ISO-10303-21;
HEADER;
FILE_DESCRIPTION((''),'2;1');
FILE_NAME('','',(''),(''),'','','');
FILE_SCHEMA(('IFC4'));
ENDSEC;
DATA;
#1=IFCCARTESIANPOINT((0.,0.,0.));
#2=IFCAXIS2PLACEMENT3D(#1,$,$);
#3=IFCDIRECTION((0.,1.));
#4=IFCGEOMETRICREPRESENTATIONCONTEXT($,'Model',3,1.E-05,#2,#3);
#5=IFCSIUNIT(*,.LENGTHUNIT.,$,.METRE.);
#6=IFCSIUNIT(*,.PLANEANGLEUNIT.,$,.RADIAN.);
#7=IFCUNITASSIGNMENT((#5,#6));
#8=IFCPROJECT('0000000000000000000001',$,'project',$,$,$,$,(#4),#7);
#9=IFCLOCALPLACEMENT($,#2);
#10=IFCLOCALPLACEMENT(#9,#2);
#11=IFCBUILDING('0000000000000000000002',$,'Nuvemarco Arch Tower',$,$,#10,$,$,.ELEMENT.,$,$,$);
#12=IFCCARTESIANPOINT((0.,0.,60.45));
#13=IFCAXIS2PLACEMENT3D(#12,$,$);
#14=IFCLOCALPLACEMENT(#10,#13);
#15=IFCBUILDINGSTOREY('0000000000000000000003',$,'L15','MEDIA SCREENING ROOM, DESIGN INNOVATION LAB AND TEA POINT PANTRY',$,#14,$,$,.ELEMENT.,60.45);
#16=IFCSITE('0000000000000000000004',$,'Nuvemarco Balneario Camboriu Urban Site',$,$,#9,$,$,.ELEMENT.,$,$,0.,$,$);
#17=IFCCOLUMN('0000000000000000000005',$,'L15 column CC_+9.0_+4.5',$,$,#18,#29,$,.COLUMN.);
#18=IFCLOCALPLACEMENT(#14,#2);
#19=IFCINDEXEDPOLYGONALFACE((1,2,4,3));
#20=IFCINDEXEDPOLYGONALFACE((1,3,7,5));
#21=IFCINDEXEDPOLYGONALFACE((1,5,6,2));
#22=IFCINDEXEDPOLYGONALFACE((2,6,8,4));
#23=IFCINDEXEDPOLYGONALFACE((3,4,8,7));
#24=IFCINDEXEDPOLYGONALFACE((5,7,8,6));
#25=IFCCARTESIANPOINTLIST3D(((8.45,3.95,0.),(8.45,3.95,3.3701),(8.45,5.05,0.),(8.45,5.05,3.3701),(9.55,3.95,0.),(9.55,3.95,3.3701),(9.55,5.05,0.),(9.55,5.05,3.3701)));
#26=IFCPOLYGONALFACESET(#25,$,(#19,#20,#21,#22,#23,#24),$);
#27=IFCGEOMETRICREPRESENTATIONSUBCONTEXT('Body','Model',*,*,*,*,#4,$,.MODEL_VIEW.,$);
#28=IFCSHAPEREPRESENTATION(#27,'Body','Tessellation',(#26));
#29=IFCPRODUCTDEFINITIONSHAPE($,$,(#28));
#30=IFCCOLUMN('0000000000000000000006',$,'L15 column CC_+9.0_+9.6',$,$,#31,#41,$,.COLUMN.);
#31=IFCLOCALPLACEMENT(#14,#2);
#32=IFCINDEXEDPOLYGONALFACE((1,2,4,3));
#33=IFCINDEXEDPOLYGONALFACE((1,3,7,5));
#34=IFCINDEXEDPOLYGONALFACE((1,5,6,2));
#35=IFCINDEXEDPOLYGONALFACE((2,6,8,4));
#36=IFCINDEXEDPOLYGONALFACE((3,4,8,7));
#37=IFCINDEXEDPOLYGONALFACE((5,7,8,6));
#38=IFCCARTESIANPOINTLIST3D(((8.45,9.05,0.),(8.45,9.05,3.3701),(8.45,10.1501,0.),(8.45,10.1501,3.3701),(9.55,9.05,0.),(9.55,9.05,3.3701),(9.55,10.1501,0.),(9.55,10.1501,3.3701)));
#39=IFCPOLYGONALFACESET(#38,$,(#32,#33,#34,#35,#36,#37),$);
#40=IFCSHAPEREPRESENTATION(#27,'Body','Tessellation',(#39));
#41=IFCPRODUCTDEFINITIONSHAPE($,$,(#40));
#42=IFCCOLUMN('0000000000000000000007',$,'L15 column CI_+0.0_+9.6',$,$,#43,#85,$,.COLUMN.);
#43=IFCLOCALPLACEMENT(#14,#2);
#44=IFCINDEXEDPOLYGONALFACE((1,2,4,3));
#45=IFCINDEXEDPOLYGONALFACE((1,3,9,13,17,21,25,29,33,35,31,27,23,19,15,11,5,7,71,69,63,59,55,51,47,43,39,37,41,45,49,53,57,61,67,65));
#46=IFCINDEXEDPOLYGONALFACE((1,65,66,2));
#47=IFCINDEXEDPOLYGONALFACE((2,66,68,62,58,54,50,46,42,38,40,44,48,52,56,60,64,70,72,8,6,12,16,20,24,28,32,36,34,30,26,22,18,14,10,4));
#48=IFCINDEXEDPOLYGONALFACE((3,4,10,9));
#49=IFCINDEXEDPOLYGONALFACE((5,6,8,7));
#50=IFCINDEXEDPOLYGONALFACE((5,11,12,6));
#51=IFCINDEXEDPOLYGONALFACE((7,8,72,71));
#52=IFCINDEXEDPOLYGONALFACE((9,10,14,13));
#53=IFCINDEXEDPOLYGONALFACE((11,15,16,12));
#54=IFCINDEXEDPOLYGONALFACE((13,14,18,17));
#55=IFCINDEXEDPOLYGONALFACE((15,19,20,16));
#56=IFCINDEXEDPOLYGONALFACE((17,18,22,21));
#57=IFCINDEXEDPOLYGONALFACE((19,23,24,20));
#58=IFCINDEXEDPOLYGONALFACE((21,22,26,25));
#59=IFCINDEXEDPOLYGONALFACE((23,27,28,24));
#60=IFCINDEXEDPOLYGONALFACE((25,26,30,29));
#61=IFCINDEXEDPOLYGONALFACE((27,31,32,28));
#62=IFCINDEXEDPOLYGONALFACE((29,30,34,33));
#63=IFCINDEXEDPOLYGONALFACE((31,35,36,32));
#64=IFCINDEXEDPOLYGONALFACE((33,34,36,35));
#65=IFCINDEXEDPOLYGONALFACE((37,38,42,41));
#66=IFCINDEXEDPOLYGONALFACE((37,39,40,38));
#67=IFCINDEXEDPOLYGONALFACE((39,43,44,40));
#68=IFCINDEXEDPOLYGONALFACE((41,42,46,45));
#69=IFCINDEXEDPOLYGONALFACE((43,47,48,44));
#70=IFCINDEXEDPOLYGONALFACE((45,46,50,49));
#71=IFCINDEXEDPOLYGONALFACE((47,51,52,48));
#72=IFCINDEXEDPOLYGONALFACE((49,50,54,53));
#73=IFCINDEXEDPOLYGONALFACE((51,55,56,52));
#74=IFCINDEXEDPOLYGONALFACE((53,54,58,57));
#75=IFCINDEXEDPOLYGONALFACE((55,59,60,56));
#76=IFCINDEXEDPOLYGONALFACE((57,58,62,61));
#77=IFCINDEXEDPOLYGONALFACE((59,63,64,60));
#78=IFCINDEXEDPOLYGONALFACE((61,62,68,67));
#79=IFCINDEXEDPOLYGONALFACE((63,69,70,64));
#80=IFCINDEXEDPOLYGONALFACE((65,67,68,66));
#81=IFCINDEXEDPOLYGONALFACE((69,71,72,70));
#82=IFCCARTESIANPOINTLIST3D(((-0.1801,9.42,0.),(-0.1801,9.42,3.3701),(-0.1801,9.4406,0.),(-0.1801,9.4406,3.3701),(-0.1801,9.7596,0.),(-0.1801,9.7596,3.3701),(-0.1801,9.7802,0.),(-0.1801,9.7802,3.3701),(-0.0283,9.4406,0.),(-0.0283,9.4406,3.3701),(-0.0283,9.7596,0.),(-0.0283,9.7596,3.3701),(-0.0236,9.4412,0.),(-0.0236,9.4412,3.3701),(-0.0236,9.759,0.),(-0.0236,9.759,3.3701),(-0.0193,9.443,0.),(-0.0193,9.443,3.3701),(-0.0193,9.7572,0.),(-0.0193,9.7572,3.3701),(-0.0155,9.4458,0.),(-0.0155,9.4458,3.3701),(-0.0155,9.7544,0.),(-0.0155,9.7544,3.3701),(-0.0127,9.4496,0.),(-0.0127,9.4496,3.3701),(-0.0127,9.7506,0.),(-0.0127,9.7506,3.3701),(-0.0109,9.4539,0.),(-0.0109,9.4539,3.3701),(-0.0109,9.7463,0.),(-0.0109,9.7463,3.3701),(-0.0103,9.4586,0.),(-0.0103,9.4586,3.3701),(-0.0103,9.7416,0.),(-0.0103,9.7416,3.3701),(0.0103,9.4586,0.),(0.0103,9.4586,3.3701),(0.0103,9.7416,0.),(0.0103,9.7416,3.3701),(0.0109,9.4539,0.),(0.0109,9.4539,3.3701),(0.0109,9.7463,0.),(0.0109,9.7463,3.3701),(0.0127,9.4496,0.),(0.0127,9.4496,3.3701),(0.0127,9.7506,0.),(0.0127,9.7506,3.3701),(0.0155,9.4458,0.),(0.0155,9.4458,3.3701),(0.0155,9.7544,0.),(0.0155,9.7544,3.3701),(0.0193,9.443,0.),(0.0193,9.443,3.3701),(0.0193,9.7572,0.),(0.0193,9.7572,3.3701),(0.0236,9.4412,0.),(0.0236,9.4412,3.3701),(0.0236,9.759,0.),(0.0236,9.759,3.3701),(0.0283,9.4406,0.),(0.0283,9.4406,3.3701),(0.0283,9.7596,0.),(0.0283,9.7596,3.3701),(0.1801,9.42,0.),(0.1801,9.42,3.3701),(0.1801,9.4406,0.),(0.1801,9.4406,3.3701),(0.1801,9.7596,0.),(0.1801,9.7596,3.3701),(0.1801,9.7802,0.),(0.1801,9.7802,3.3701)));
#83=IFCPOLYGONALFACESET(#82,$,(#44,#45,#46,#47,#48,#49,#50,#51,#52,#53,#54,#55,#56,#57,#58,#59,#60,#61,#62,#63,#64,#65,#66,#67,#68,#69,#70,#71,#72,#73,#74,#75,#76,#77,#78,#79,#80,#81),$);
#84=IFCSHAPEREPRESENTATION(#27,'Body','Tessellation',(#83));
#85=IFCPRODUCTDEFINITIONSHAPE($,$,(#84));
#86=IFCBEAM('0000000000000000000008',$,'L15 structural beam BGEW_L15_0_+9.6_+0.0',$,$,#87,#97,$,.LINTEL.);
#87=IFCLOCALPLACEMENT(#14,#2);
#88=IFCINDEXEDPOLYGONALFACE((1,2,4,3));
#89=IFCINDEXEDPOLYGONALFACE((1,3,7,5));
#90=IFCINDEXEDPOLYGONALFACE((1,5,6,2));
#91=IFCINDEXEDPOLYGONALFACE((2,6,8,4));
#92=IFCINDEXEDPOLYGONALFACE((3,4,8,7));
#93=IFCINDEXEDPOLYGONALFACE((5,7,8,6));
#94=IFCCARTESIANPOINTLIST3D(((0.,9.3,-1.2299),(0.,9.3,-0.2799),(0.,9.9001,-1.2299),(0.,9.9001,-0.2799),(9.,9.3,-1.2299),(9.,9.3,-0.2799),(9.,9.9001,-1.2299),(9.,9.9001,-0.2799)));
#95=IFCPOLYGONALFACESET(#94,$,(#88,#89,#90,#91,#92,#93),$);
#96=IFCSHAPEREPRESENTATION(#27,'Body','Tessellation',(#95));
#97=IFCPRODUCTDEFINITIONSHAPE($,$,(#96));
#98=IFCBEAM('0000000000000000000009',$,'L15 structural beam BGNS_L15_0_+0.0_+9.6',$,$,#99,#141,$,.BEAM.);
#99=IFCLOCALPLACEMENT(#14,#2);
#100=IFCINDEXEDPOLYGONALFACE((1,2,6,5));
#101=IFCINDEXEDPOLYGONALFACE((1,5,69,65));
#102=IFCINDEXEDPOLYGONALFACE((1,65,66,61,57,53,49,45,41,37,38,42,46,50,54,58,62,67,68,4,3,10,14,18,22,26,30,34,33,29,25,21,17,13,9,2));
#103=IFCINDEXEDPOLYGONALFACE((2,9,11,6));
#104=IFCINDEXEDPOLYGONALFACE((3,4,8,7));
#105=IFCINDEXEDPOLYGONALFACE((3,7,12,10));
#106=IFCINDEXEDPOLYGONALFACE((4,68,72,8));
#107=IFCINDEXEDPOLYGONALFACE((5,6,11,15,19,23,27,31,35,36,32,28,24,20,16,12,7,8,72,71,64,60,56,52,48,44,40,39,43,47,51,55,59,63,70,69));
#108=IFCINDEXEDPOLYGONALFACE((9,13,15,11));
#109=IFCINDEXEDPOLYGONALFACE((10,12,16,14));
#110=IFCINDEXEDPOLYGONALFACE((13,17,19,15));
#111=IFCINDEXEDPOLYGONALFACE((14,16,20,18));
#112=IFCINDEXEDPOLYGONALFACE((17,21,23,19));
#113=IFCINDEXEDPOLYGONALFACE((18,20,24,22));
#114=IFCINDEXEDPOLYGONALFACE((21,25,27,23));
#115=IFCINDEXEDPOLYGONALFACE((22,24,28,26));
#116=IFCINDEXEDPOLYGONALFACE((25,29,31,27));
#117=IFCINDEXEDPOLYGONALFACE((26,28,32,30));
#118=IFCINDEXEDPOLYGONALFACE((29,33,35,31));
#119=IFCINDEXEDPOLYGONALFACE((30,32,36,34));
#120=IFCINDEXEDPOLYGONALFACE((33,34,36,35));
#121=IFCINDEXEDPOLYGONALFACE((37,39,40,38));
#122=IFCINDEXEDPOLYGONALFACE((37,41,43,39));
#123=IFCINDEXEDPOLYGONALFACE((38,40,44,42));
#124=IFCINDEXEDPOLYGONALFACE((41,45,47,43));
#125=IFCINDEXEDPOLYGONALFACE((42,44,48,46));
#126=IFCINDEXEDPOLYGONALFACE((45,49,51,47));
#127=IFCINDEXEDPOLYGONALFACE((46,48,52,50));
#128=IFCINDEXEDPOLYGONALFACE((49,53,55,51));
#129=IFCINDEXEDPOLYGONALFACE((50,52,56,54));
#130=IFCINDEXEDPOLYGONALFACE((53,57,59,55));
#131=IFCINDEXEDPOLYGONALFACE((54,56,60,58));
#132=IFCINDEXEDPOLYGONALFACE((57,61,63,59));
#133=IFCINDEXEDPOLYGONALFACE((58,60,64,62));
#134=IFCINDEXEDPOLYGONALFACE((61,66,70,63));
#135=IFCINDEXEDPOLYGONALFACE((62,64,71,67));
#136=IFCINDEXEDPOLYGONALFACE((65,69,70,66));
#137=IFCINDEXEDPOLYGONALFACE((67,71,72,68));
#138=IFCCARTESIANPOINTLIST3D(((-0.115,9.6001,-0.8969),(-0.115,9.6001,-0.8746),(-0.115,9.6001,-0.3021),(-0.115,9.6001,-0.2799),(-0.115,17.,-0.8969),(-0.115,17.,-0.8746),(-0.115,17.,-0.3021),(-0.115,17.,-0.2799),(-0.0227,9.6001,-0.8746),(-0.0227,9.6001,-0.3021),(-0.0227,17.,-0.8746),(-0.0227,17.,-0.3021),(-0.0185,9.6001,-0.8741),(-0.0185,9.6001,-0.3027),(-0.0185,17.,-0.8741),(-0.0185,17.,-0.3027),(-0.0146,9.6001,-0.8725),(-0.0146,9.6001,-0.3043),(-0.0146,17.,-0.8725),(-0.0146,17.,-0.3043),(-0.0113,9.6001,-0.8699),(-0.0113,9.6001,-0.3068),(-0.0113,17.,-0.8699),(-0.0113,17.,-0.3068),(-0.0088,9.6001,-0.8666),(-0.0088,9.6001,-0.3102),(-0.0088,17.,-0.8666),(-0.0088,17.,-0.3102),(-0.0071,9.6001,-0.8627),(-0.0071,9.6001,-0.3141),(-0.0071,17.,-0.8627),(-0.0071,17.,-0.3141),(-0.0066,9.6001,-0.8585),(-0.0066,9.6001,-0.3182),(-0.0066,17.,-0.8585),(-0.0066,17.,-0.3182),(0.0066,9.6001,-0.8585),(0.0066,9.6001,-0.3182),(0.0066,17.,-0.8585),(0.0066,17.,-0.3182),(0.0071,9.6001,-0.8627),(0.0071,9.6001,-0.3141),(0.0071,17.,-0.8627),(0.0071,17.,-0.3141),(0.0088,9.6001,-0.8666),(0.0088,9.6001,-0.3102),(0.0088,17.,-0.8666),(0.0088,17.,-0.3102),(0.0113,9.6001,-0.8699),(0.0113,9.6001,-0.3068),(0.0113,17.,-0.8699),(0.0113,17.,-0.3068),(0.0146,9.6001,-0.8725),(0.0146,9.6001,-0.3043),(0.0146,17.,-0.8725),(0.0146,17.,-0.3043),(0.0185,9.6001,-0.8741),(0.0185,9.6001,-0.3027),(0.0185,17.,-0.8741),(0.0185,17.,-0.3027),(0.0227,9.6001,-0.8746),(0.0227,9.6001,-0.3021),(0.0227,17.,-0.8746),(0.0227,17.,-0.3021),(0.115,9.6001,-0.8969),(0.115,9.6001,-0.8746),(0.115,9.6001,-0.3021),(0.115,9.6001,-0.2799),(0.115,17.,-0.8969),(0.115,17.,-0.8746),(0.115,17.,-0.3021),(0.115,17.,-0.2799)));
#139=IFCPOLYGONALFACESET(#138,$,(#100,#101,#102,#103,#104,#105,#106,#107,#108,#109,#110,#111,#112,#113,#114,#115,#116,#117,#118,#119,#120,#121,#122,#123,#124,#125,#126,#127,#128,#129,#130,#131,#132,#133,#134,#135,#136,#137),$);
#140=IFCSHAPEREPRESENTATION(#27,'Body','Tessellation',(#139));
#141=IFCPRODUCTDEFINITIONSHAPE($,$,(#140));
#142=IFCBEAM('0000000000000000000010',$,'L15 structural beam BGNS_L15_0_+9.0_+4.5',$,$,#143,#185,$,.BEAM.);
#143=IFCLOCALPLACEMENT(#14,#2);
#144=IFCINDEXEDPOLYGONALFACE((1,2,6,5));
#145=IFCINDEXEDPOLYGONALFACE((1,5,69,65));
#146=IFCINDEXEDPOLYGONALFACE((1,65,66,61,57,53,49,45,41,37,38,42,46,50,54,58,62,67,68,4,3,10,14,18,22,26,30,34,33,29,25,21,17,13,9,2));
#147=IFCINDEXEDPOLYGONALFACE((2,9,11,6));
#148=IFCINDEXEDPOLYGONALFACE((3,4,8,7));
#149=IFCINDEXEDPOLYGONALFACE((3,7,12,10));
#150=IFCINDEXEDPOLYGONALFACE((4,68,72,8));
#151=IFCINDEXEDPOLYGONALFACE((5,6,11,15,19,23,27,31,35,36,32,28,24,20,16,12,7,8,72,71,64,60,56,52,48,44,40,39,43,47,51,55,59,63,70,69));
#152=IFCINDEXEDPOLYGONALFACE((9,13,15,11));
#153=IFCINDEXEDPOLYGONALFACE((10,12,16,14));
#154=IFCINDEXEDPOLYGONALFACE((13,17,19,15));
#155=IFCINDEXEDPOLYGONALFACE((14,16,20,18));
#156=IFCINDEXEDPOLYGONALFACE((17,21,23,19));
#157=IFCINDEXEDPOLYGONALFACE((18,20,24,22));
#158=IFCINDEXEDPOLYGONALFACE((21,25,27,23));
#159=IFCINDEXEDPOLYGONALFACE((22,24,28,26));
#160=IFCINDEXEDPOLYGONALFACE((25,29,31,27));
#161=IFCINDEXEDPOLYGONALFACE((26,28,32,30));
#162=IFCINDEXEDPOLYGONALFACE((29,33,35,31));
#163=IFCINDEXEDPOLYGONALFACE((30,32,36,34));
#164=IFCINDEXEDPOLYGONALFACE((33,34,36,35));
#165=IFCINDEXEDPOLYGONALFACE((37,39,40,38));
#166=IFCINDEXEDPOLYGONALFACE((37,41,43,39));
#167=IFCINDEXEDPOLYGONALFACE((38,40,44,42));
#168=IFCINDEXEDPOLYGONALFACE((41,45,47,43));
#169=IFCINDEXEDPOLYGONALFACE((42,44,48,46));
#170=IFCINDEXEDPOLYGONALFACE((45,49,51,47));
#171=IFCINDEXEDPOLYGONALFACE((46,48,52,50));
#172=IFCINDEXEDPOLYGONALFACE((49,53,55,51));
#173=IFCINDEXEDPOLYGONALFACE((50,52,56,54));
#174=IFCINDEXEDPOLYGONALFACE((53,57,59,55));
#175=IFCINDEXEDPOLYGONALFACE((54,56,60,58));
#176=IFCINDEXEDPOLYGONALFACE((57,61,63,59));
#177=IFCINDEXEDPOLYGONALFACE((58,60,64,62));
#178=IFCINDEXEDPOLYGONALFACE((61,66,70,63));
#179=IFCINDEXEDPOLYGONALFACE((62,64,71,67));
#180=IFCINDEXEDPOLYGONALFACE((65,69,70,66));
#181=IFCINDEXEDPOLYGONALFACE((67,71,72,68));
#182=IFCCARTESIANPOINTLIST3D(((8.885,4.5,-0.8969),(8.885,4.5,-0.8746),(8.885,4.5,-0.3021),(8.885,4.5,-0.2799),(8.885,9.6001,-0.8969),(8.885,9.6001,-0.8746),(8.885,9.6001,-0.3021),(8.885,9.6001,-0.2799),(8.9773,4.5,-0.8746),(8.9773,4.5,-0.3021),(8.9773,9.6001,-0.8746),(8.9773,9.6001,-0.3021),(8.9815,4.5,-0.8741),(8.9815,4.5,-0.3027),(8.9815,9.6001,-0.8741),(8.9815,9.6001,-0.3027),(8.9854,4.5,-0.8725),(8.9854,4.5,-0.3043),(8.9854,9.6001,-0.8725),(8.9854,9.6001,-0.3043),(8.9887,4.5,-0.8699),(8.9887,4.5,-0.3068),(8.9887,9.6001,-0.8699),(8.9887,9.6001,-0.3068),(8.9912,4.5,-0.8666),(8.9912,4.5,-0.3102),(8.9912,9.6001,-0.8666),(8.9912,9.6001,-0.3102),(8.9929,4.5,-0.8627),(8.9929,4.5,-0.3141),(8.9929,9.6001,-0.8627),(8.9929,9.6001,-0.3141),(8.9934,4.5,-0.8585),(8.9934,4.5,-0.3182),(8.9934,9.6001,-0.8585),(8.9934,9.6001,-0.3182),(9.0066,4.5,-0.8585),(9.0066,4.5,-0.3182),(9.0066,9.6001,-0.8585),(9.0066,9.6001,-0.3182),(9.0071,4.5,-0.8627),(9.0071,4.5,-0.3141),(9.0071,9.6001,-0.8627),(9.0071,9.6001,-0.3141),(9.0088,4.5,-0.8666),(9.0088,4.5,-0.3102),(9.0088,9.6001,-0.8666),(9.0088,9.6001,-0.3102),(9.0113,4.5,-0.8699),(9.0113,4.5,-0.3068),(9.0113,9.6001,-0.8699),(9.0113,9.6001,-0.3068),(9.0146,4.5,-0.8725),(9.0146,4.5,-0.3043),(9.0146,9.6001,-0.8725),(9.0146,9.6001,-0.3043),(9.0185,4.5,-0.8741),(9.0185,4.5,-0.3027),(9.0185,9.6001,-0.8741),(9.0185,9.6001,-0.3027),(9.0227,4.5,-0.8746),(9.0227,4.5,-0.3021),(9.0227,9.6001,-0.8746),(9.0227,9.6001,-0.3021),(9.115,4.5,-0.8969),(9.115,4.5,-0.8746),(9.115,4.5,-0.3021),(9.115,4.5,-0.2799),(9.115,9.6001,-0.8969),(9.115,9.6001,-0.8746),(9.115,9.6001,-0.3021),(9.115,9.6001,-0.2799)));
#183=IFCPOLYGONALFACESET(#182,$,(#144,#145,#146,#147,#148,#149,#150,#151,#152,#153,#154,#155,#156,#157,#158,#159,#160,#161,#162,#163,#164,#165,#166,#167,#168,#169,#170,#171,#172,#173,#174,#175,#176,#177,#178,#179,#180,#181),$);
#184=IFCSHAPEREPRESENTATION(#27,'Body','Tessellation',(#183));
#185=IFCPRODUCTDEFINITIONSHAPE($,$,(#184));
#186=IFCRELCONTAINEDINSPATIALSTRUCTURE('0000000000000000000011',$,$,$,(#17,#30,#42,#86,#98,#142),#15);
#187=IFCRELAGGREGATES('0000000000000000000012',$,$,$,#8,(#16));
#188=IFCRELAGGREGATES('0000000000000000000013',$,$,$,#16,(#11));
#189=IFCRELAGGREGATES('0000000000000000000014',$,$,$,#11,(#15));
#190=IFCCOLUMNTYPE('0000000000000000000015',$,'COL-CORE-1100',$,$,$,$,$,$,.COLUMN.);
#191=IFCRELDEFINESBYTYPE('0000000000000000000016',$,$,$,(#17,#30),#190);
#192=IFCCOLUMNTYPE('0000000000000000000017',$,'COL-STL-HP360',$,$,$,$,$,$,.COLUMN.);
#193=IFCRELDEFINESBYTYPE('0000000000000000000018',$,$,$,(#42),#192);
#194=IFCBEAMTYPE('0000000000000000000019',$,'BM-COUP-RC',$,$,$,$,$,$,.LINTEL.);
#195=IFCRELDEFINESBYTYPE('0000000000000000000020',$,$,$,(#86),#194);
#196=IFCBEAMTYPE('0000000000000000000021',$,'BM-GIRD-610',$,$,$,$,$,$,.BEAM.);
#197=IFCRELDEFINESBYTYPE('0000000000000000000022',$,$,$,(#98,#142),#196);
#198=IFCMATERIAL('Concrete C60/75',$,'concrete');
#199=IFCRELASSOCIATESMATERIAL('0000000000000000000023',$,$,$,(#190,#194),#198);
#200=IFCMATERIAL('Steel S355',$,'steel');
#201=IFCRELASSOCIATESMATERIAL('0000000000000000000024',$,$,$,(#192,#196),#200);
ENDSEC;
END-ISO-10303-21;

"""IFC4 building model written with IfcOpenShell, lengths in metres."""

from ifc_helpers import new_model, si_unit, direction, frame, origin, origin_2d, place, context, subcontext, project, spatial, rectangle, i_section, extrude, material, material_profile, profile_set, type_object, element, save


model = new_model("IFC4")

# Units and contexts
model_context = context("Model", 3, precision=1e-05, world=origin(), true_north=direction((0.0, 1.0)))
body_context = subcontext(model_context, "Body", "Model", "MODEL_VIEW")
ifc_project = project(units=[si_unit("LENGTHUNIT", "METRE"), si_unit("PLANEANGLEUNIT", "RADIAN")], contexts=[model_context])

# Site, building, storey
site_placement = place(None, origin())
site = spatial("IfcSite", under=ifc_project, at=site_placement, Name="Nuvemarco Balneario Camboriu Urban Site", CompositionType="ELEMENT", RefElevation=0.0)
building_placement = place(site_placement, origin())
building = spatial("IfcBuilding", under=site, at=building_placement, Name="Nuvemarco Arch Tower", CompositionType="ELEMENT")
storey_placement = place(building_placement, frame((0.0, 0.0, 60.45)))
storey = spatial("IfcBuildingStorey", under=building, at=storey_placement, Name="L15", Description="MEDIA SCREENING ROOM, DESIGN INNOVATION LAB AND TEA POINT PANTRY", CompositionType="ELEMENT", Elevation=60.45)

# Columns
ifc_material_1 = material(Name="Concrete C60/75", Category="concrete")
ifc_material_profile_1 = material_profile(ifc_material_1, rectangle(XDim=1.1001, YDim=1.1001, at=origin_2d()), Name="RC-COL-1100x1100")
ifc_profile_set_1 = profile_set([ifc_material_profile_1], Name="Concrete C60/75")
column_type_1 = type_object("IfcColumnType", Name="COL-CORE-1100", PredefinedType="COLUMN", material=ifc_profile_set_1)
for number, where, z_axis, x_axis, name in (
    (1, (9.0, 4.5, 0.0), (0.0, 0.0, 1.0), (1.0, 0.0, 0.0), "L15 column CC_+9.0_+4.5"),
    (2, (9.0, 9.6001, 0.0), (0.0, 0.0, 1.0), (1.0, 0.0, 0.0), "L15 column CC_+9.0_+9.6"),
):
    element("IfcColumn", number, at=place(storey_placement, frame(where, z_axis=z_axis, x_axis=x_axis)), inside=storey, type_object=column_type_1, Name=name, PredefinedType="COLUMN", context=body_context, shape_type="SweptSolid", body=[
        extrude(rectangle(XDim=1.1001, YDim=1.1001, at=origin_2d()), origin(), (0.0, 0.0, 1.0), 3.3701),
    ])
ifc_material_2 = material(Name="Steel S355", Category="steel")
ifc_material_profile_2 = material_profile(ifc_material_2, i_section(OverallWidth=0.3601, OverallDepth=0.3601, WebThickness=0.0205, FlangeThickness=0.0205, FilletRadius=0.0181, at=origin_2d()), Name="HP360x174")
ifc_profile_set_2 = profile_set([ifc_material_profile_2], Name="Steel S355")
column_type_2 = type_object("IfcColumnType", Name="COL-STL-HP360", PredefinedType="COLUMN", material=ifc_profile_set_2)
column_placement = place(storey_placement, frame((0.0, 9.6001, 0.0), z_axis=(0.0, 0.0, 1.0), x_axis=(1.0, 0.0, 0.0)))
element("IfcColumn", 3, at=column_placement, inside=storey, type_object=column_type_2, Name="L15 column CI_+0.0_+9.6", PredefinedType="COLUMN", context=body_context, shape_type="SweptSolid", body=[
    extrude(i_section(OverallWidth=0.3601, OverallDepth=0.3601, WebThickness=0.0205, FlangeThickness=0.0205, FilletRadius=0.0181, at=origin_2d()), origin(), (0.0, 0.0, 1.0), 3.3701),
])

# Beams
ifc_material_profile_3 = material_profile(ifc_material_1, rectangle(XDim=0.6001, YDim=0.95, at=origin_2d()), Name="RC-BM-600x950")
ifc_profile_set_3 = profile_set([ifc_material_profile_3], Name="Concrete C60/75")
beam_type_1 = type_object("IfcBeamType", Name="BM-COUP-RC", PredefinedType="LINTEL", material=ifc_profile_set_3)
beam_1_placement = place(storey_placement, frame((0.0, 9.6001, -0.7549), z_axis=(1.0, 0.0, 0.0), x_axis=(0.0, 1.0, 0.0)))
element("IfcBeam", 4, at=beam_1_placement, inside=storey, type_object=beam_type_1, Name="L15 structural beam BGEW_L15_0_+9.6_+0.0", PredefinedType="LINTEL", context=body_context, shape_type="SweptSolid", body=[
    extrude(rectangle(XDim=0.6001, YDim=0.95, at=origin_2d()), origin(), (0.0, 0.0, 1.0), 9.0),
])
ifc_material_profile_4 = material_profile(ifc_material_2, i_section(OverallWidth=0.23, OverallDepth=0.6169, WebThickness=0.0132, FlangeThickness=0.0222, FilletRadius=0.0161, at=origin_2d()), Name="W610x140")
ifc_profile_set_4 = profile_set([ifc_material_profile_4], Name="Steel S355")
beam_type_2 = type_object("IfcBeamType", Name="BM-GIRD-610", PredefinedType="BEAM", material=ifc_profile_set_4)
beam_2_placement = place(storey_placement, frame((0.0, 9.6001, -0.5884), z_axis=(0.0, 1.0, 0.0), x_axis=(-1.0, 0.0, 0.0)))
element("IfcBeam", 5, at=beam_2_placement, inside=storey, type_object=beam_type_2, Name="L15 structural beam BGNS_L15_0_+0.0_+9.6", PredefinedType="BEAM", context=body_context, shape_type="SweptSolid", body=[
    extrude(i_section(OverallWidth=0.23, OverallDepth=0.6169, WebThickness=0.0132, FlangeThickness=0.0222, FilletRadius=0.0161, at=origin_2d()), origin(), (0.0, 0.0, 1.0), 7.3999),
])
beam_3_placement = place(storey_placement, frame((9.0, 4.5, -0.5884), z_axis=(0.0, 1.0, 0.0), x_axis=(-1.0, 0.0, 0.0)))
element("IfcBeam", 6, at=beam_3_placement, inside=storey, type_object=beam_type_2, Name="L15 structural beam BGNS_L15_0_+9.0_+4.5", PredefinedType="BEAM", context=body_context, shape_type="SweptSolid", body=[
    extrude(i_section(OverallWidth=0.23, OverallDepth=0.6169, WebThickness=0.0132, FlangeThickness=0.0222, FilletRadius=0.0161, at=origin_2d()), origin(), (0.0, 0.0, 1.0), 5.1001),
])

save(model, "model.ifc")
